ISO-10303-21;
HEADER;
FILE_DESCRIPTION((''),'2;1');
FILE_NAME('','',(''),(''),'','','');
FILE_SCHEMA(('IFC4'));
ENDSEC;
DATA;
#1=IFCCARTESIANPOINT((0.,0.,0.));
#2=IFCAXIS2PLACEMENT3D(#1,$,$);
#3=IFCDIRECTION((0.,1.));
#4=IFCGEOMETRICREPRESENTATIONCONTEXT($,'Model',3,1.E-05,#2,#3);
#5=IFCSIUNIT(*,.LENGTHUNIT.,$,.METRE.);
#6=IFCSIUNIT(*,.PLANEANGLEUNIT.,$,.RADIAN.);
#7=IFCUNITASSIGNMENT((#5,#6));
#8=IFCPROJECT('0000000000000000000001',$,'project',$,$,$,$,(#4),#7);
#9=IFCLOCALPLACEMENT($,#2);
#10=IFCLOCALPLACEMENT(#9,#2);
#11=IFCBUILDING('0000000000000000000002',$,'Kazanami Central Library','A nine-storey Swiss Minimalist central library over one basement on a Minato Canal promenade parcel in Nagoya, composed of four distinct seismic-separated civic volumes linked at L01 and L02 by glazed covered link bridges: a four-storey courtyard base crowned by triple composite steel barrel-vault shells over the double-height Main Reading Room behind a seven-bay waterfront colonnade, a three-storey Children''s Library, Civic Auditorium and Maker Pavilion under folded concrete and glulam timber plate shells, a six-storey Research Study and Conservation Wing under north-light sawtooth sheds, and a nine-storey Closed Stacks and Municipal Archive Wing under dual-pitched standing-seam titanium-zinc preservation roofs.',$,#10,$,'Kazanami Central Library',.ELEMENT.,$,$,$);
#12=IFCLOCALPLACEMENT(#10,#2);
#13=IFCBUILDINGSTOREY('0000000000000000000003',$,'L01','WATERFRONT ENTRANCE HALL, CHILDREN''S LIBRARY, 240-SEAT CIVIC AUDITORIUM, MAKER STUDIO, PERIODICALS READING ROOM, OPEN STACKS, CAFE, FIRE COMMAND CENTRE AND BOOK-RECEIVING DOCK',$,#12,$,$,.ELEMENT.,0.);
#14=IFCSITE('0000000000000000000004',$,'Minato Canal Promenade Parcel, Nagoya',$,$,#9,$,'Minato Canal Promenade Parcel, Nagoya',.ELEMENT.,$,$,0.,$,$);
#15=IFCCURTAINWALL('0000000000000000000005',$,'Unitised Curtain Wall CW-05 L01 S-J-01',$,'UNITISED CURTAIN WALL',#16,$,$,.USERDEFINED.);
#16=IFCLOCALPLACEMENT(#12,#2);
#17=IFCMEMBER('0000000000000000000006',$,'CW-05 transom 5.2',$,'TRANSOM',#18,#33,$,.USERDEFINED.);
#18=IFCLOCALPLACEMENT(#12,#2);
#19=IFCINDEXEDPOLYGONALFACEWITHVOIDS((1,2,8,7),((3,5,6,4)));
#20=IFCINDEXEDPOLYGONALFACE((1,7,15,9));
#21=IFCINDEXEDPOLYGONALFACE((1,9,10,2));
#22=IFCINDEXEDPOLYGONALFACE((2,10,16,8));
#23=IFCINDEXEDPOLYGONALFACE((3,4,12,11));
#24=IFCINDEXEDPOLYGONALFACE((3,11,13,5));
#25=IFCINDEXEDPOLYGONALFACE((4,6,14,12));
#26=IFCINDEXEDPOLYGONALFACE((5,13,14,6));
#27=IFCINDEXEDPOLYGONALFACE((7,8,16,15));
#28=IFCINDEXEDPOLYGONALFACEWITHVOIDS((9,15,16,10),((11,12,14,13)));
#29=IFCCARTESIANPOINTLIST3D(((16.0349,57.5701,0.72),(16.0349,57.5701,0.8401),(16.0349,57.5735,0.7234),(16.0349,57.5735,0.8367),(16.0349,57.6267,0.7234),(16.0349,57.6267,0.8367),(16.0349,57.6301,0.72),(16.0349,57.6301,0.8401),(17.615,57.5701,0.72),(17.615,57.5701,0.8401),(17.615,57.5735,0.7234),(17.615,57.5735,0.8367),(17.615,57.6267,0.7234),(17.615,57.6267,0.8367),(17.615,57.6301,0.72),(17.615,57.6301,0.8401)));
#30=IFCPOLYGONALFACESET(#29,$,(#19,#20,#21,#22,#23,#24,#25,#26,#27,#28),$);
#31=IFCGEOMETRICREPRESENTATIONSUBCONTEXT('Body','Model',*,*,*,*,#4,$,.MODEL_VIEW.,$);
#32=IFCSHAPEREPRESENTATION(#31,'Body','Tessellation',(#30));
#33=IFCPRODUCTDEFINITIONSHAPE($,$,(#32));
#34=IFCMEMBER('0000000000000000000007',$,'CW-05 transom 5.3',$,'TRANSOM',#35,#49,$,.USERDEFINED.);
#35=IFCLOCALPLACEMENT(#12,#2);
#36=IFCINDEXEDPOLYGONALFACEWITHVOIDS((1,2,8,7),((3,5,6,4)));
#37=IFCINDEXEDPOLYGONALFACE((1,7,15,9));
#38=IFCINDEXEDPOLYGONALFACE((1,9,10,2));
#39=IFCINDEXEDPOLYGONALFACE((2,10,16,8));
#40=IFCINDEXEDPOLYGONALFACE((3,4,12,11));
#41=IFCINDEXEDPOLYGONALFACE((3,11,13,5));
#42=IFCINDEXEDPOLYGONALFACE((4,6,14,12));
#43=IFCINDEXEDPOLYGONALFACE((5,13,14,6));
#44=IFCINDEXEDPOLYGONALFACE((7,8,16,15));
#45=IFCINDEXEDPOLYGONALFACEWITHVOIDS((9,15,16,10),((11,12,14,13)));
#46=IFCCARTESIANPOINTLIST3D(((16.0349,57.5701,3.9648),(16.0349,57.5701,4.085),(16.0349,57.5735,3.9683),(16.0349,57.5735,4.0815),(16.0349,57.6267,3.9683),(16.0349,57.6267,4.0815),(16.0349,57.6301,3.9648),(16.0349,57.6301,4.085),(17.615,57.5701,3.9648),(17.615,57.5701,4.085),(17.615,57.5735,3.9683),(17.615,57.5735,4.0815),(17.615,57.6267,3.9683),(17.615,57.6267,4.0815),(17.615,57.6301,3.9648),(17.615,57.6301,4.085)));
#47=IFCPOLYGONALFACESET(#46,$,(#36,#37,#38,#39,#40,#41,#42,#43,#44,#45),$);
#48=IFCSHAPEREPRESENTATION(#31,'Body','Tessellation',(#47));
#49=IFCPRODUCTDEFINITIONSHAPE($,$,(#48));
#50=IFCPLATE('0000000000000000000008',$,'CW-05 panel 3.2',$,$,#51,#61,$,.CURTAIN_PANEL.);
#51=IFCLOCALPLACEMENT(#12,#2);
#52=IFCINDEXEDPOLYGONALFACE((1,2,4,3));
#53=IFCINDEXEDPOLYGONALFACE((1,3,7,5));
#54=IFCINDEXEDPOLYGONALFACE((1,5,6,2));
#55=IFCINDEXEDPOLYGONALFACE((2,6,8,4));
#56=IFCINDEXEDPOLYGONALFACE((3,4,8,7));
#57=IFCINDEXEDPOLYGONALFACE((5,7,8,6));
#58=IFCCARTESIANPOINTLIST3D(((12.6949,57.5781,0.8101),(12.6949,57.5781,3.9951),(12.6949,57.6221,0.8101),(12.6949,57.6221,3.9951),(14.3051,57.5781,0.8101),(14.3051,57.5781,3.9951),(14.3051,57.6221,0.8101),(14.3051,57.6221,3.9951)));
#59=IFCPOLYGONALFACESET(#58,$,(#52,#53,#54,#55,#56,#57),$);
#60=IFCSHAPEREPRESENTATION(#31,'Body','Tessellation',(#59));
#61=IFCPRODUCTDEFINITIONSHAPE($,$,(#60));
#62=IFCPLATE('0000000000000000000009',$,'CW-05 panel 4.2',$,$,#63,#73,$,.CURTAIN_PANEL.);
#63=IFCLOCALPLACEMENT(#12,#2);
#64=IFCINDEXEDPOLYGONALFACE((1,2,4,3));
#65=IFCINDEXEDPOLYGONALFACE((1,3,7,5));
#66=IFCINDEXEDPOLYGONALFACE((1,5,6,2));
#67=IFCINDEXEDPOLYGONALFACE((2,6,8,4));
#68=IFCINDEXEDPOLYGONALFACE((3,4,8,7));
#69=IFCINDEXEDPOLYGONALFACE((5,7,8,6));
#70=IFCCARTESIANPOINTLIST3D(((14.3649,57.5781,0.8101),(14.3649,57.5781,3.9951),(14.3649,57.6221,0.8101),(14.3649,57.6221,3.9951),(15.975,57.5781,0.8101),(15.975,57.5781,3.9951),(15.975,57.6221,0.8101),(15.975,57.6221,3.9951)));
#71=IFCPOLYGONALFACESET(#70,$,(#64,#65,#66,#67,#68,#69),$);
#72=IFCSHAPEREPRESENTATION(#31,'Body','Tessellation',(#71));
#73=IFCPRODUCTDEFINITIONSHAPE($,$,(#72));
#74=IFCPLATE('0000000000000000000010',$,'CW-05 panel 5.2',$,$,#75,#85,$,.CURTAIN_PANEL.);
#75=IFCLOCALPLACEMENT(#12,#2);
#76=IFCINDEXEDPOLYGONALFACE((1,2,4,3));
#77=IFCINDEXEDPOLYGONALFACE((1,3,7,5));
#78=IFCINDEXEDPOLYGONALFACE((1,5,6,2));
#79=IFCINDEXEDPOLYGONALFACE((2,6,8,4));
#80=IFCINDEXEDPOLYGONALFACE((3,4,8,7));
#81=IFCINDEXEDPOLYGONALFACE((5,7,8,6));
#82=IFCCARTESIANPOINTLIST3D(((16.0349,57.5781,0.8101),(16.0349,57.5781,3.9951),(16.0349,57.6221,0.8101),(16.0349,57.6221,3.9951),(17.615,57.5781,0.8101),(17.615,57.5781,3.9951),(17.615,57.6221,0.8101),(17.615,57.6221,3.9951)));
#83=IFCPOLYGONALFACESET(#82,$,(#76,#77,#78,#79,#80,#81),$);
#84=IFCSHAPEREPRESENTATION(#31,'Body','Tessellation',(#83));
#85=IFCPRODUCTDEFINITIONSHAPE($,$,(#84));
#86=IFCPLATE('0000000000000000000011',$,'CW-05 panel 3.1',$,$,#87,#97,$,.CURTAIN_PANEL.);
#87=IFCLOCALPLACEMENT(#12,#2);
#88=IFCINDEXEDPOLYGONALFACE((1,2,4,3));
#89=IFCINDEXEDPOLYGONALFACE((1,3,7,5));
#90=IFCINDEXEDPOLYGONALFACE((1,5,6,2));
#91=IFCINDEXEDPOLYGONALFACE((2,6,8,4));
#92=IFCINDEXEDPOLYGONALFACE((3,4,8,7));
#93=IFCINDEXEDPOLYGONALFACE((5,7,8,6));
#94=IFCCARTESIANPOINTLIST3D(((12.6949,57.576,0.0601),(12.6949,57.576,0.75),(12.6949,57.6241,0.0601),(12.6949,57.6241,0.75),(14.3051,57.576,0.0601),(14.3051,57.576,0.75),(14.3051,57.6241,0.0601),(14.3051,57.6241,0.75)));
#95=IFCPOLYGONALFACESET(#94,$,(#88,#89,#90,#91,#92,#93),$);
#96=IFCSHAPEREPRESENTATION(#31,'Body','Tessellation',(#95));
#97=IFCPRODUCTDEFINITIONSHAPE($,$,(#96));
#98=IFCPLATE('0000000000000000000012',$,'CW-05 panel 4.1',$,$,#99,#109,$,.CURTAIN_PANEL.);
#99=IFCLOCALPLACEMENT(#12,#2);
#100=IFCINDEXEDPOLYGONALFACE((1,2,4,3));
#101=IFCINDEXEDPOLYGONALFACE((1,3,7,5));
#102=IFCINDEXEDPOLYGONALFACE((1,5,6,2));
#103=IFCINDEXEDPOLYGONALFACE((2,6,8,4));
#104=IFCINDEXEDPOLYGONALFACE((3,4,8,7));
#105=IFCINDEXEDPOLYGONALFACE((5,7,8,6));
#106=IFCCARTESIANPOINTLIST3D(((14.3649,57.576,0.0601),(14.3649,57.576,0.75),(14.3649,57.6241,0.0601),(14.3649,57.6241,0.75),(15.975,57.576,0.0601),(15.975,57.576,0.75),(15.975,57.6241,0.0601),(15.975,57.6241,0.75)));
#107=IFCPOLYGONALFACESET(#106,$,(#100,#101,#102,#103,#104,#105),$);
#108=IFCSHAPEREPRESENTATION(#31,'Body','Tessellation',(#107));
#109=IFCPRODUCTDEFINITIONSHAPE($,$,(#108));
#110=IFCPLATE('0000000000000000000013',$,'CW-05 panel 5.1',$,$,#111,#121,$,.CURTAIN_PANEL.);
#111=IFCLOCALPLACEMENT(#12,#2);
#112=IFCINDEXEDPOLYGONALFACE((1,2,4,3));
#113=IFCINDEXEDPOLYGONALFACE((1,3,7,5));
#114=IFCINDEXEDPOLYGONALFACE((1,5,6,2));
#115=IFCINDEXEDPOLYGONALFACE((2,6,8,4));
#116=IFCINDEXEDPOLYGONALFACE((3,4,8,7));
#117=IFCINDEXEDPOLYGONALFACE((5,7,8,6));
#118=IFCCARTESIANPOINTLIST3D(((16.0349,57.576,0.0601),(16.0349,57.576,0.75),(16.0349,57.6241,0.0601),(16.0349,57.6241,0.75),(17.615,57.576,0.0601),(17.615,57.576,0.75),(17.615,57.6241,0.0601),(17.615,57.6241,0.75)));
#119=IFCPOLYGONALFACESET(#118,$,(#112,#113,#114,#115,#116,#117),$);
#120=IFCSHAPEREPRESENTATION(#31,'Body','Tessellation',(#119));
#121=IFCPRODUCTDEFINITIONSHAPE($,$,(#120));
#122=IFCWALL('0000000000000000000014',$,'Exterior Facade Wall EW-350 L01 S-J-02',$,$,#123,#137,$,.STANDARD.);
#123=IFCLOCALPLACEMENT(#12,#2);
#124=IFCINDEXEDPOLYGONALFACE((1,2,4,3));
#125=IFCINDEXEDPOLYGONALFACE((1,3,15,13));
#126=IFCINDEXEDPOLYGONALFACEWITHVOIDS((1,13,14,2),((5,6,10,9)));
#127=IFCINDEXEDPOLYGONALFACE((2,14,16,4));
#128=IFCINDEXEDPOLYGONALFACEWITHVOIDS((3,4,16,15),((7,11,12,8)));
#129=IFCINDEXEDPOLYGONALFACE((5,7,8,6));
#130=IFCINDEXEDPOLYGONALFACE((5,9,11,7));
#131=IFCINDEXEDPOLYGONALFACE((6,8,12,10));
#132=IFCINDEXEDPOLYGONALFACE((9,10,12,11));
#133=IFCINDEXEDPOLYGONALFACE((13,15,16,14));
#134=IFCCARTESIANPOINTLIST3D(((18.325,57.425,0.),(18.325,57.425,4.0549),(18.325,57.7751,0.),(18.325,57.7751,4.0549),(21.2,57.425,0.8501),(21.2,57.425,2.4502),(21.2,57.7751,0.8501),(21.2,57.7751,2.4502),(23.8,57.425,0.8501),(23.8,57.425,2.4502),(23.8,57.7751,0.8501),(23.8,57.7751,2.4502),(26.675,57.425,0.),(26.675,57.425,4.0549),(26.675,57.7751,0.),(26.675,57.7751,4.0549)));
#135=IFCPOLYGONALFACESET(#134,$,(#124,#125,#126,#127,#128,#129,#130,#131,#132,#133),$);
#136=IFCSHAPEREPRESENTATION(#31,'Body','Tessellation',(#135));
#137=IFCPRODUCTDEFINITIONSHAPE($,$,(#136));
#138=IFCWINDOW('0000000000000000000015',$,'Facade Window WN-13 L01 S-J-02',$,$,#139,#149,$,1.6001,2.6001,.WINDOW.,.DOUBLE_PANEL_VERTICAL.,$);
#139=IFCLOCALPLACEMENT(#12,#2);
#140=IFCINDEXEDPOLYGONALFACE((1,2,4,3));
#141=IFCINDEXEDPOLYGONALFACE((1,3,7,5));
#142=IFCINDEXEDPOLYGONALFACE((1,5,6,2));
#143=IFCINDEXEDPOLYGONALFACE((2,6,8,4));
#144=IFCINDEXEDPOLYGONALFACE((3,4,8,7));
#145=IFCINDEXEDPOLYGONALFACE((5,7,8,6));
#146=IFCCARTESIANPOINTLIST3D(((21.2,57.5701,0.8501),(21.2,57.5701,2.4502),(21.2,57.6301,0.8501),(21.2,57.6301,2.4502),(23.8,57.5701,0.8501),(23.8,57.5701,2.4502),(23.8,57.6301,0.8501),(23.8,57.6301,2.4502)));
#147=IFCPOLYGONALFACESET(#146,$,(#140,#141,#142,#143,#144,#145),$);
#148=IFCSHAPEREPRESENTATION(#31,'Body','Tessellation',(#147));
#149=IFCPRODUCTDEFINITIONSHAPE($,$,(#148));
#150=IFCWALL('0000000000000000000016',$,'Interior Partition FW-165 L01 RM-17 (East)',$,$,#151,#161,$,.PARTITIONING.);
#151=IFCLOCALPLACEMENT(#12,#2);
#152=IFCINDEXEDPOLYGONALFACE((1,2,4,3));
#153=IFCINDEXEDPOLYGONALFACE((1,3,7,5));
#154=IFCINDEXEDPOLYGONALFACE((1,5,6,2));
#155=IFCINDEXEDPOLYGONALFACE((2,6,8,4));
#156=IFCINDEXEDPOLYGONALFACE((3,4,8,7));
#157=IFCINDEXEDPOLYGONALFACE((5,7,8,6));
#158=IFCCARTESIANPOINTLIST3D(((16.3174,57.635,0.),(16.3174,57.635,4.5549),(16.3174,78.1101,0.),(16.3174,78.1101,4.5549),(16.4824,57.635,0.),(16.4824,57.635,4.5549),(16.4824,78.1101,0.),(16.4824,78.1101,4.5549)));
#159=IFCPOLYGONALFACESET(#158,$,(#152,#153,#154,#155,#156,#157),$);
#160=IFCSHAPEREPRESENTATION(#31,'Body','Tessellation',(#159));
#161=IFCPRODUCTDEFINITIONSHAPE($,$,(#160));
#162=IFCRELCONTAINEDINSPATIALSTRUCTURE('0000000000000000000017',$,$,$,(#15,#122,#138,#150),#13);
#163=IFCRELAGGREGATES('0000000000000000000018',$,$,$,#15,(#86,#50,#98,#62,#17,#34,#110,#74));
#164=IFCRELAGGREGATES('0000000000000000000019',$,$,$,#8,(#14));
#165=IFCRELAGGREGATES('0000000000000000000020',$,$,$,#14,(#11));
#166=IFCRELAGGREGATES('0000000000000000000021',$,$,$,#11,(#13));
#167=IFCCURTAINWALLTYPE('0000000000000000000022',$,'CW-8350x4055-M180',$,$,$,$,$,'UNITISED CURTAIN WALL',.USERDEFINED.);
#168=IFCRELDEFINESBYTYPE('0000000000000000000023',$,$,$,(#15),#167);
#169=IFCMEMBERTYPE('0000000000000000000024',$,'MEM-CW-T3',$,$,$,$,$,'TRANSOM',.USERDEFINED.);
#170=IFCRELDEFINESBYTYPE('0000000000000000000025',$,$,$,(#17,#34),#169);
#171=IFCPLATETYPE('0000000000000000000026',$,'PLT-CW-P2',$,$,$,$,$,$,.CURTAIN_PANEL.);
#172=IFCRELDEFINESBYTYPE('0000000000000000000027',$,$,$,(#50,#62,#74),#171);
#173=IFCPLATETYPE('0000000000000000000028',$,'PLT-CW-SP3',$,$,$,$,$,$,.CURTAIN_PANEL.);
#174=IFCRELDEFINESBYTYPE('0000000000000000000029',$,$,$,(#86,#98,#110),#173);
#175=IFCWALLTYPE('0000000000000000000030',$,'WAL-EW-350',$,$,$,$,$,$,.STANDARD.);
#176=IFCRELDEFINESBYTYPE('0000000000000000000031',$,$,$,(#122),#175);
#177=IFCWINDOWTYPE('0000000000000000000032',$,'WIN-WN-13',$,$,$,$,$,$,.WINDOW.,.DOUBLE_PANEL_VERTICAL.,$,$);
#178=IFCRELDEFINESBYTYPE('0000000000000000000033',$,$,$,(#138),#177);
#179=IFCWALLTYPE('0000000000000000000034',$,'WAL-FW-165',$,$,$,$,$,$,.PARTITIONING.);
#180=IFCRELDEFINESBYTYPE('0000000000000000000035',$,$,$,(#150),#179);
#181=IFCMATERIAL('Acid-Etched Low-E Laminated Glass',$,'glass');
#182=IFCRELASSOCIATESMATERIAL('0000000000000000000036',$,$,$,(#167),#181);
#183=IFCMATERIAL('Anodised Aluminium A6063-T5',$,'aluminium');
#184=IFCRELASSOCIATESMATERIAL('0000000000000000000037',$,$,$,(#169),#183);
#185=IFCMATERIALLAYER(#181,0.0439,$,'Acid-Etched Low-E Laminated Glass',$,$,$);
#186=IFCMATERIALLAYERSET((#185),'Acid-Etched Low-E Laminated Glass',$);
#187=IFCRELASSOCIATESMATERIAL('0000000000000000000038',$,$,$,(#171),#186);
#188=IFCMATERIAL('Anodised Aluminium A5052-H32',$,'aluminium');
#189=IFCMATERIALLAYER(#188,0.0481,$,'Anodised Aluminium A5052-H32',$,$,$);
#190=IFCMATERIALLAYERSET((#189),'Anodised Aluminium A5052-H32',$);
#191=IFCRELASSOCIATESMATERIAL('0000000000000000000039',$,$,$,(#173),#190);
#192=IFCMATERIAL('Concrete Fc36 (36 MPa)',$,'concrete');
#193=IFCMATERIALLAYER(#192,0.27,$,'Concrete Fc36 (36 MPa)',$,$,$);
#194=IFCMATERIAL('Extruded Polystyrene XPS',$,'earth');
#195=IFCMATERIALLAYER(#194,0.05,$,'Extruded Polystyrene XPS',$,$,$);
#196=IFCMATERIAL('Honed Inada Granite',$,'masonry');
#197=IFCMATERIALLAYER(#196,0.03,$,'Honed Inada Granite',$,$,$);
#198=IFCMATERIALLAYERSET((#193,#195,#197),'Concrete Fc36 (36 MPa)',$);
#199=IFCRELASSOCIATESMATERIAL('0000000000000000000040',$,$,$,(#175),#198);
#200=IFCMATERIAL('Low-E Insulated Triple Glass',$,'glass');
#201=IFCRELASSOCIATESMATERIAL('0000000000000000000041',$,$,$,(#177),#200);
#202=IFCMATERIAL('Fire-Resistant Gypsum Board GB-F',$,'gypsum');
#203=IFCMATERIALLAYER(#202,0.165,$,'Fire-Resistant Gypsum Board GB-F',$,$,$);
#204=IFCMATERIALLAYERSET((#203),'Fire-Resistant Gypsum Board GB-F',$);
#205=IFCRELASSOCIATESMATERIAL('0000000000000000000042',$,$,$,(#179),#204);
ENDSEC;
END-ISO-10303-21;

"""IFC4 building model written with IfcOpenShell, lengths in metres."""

from ifc_helpers import new_model, si_unit, direction, frame, frame_2d, origin, origin_2d, place, context, subcontext, project, spatial, rectangle, hollow_rectangle, extrude, material, layer, layer_set, material_profile, profile_set, type_object, element, fill, aggregate, save


model = new_model("IFC4")

# Units and contexts
model_context = context("Model", 3, precision=1e-05, world=origin(), true_north=direction((0.0, 1.0)))
body_context = subcontext(model_context, "Body", "Model", "MODEL_VIEW")
ifc_project = project(units=[si_unit("LENGTHUNIT", "METRE"), si_unit("PLANEANGLEUNIT", "RADIAN")], contexts=[model_context])

# Site, building, storey
site_placement = place(None, origin())
site = spatial("IfcSite", under=ifc_project, at=site_placement, Name="Minato Canal Promenade Parcel, Nagoya", LongName="Minato Canal Promenade Parcel, Nagoya", CompositionType="ELEMENT", RefElevation=0.0)
building_placement = place(site_placement, origin())
building = spatial("IfcBuilding", under=site, at=building_placement, Name="Kazanami Central Library", Description="A nine-storey Swiss Minimalist central library over one basement on a Minato Canal promenade parcel in Nagoya, composed of four distinct seismic-separated civic volumes linked at L01 and L02 by glazed covered link bridges: a four-storey courtyard base crowned by triple composite steel barrel-vault shells over the double-height Main Reading Room behind a seven-bay waterfront colonnade, a three-storey Children's Library, Civic Auditorium and Maker Pavilion under folded concrete and glulam timber plate shells, a six-storey Research Study and Conservation Wing under north-light sawtooth sheds, and a nine-storey Closed Stacks and Municipal Archive Wing under dual-pitched standing-seam titanium-zinc preservation roofs.", LongName="Kazanami Central Library", CompositionType="ELEMENT")
storey_placement = place(building_placement, origin())
storey = spatial("IfcBuildingStorey", under=building, at=storey_placement, Name="L01", Description="WATERFRONT ENTRANCE HALL, CHILDREN'S LIBRARY, 240-SEAT CIVIC AUDITORIUM, MAKER STUDIO, PERIODICALS READING ROOM, OPEN STACKS, CAFE, FIRE COMMAND CENTRE AND BOOK-RECEIVING DOCK", CompositionType="ELEMENT", Elevation=0.0)

# Curtain wall, members, plates
ifc_material_1 = material(Name="Acid-Etched Low-E Laminated Glass", Category="glass")
curtain_wall_type = type_object("IfcCurtainWallType", Name="CW-8350x4055-M180", ElementType="UNITISED CURTAIN WALL", PredefinedType="USERDEFINED", material=ifc_material_1)
curtain_wall_placement = place(storey_placement, origin())
curtain_wall = element("IfcCurtainWall", 1, at=curtain_wall_placement, inside=storey, type_object=curtain_wall_type, Name="Unitised Curtain Wall CW-05 L01 S-J-01", ObjectType="UNITISED CURTAIN WALL", PredefinedType="USERDEFINED")
ifc_material_2 = material(Name="Anodised Aluminium A6063-T5", Category="aluminium")
ifc_material_profile_1 = material_profile(ifc_material_2, hollow_rectangle(XDim=0.0601, YDim=0.1201, WallThickness=0.0034, at=origin_2d()), Name="ALU-TRAN-60x120x3.5")
ifc_profile_set_1 = profile_set([ifc_material_profile_1], Name="Anodised Aluminium A6063-T5")
member_type_1 = type_object("IfcMemberType", Name="MEM-CW-T3", ElementType="TRANSOM", PredefinedType="USERDEFINED", material=ifc_profile_set_1)
member_1_placement = place(storey_placement, frame((16.0349, 57.6001, 0.78), z_axis=(1.0, 0.0, 0.0), x_axis=(0.0, 1.0, 0.0)))
member_1 = element("IfcMember", 2, at=member_1_placement, type_object=member_type_1, Name="CW-05 transom 5.2", ObjectType="TRANSOM", PredefinedType="USERDEFINED", context=body_context, shape_type="SweptSolid", body=[
    extrude(hollow_rectangle(XDim=0.0601, YDim=0.1201, WallThickness=0.0034, at=origin_2d()), origin(), (0.0, 0.0, 1.0), 1.5801),
])
member_2_placement = place(storey_placement, frame((16.0349, 57.6001, 4.0249), z_axis=(1.0, 0.0, 0.0), x_axis=(0.0, 1.0, 0.0)))
member_2 = element("IfcMember", 3, at=member_2_placement, type_object=member_type_1, Name="CW-05 transom 5.3", ObjectType="TRANSOM", PredefinedType="USERDEFINED", context=body_context, shape_type="SweptSolid", body=[
    extrude(hollow_rectangle(XDim=0.0601, YDim=0.1201, WallThickness=0.0034, at=origin_2d()), origin(), (0.0, 0.0, 1.0), 1.5801),
])
ifc_layer_1 = layer(ifc_material_1, 0.0439, Name="Acid-Etched Low-E Laminated Glass")
ifc_layer_set_1 = layer_set([ifc_layer_1], Name="Acid-Etched Low-E Laminated Glass")
plate_type_1 = type_object("IfcPlateType", Name="PLT-CW-P2", PredefinedType="CURTAIN_PANEL", material=ifc_layer_set_1)
plate_1_placement = place(storey_placement, frame((13.5, 57.6001, 0.8101), z_axis=(0.0, 0.0, 1.0), x_axis=(1.0, 0.0, 0.0)))
plate_1 = element("IfcPlate", 4, at=plate_1_placement, type_object=plate_type_1, Name="CW-05 panel 3.2", PredefinedType="CURTAIN_PANEL", context=body_context, shape_type="SweptSolid", body=[
    extrude(rectangle(XDim=1.6101, YDim=0.0439, at=origin_2d()), origin(), (0.0, 0.0, 1.0), 3.1851),
])
plate_2_placement = place(storey_placement, frame((15.1699, 57.6001, 0.8101), z_axis=(0.0, 0.0, 1.0), x_axis=(1.0, 0.0, 0.0)))
plate_2 = element("IfcPlate", 5, at=plate_2_placement, type_object=plate_type_1, Name="CW-05 panel 4.2", PredefinedType="CURTAIN_PANEL", context=body_context, shape_type="SweptSolid", body=[
    extrude(rectangle(XDim=1.6101, YDim=0.0439, at=origin_2d()), origin(), (0.0, 0.0, 1.0), 3.1851),
])
plate_3_placement = place(storey_placement, frame((16.825, 57.6001, 0.8101), z_axis=(0.0, 0.0, 1.0), x_axis=(1.0, 0.0, 0.0)))
plate_3 = element("IfcPlate", 6, at=plate_3_placement, type_object=plate_type_1, Name="CW-05 panel 5.2", PredefinedType="CURTAIN_PANEL", context=body_context, shape_type="SweptSolid", body=[
    extrude(rectangle(XDim=1.5801, YDim=0.0439, at=origin_2d()), origin(), (0.0, 0.0, 1.0), 3.1851),
])
ifc_material_3 = material(Name="Anodised Aluminium A5052-H32", Category="aluminium")
ifc_layer_2 = layer(ifc_material_3, 0.0481, Name="Anodised Aluminium A5052-H32")
ifc_layer_set_2 = layer_set([ifc_layer_2], Name="Anodised Aluminium A5052-H32")
plate_type_2 = type_object("IfcPlateType", Name="PLT-CW-SP3", PredefinedType="CURTAIN_PANEL", material=ifc_layer_set_2)
plate_4_placement = place(storey_placement, frame((13.5, 57.6001, 0.0601), z_axis=(0.0, 0.0, 1.0), x_axis=(1.0, 0.0, 0.0)))
plate_4 = element("IfcPlate", 7, at=plate_4_placement, type_object=plate_type_2, Name="CW-05 panel 3.1", PredefinedType="CURTAIN_PANEL", context=body_context, shape_type="SweptSolid", body=[
    extrude(rectangle(XDim=1.6101, YDim=0.0481, at=origin_2d()), origin(), (0.0, 0.0, 1.0), 0.6899),
])
plate_5_placement = place(storey_placement, frame((15.1699, 57.6001, 0.0601), z_axis=(0.0, 0.0, 1.0), x_axis=(1.0, 0.0, 0.0)))
plate_5 = element("IfcPlate", 8, at=plate_5_placement, type_object=plate_type_2, Name="CW-05 panel 4.1", PredefinedType="CURTAIN_PANEL", context=body_context, shape_type="SweptSolid", body=[
    extrude(rectangle(XDim=1.6101, YDim=0.0481, at=origin_2d()), origin(), (0.0, 0.0, 1.0), 0.6899),
])
plate_6_placement = place(storey_placement, frame((16.825, 57.6001, 0.0601), z_axis=(0.0, 0.0, 1.0), x_axis=(1.0, 0.0, 0.0)))
plate_6 = element("IfcPlate", 9, at=plate_6_placement, type_object=plate_type_2, Name="CW-05 panel 5.1", PredefinedType="CURTAIN_PANEL", context=body_context, shape_type="SweptSolid", body=[
    extrude(rectangle(XDim=1.5801, YDim=0.0481, at=origin_2d()), origin(), (0.0, 0.0, 1.0), 0.6899),
])
aggregate(curtain_wall, [plate_4, plate_1, plate_5, plate_2, member_1, member_2, plate_6, plate_3])

# Wall, opening, window
ifc_material_4 = material(Name="Concrete Fc36 (36 MPa)", Category="concrete")
ifc_layer_3 = layer(ifc_material_4, 0.27, Name="Concrete Fc36 (36 MPa)")
ifc_material_5 = material(Name="Extruded Polystyrene XPS", Category="earth")
ifc_layer_4 = layer(ifc_material_5, 0.05, Name="Extruded Polystyrene XPS")
ifc_material_6 = material(Name="Honed Inada Granite", Category="masonry")
ifc_layer_5 = layer(ifc_material_6, 0.03, Name="Honed Inada Granite")
ifc_layer_set_3 = layer_set([ifc_layer_3, ifc_layer_4, ifc_layer_5], Name="Concrete Fc36 (36 MPa)")
wall_type_1 = type_object("IfcWallType", Name="WAL-EW-350", PredefinedType="STANDARD", material=ifc_layer_set_3)
wall_1_placement = place(storey_placement, frame((18.325, 57.6001, 0.0), z_axis=(0.0, 0.0, 1.0), x_axis=(1.0, 0.0, 0.0)))
wall_1 = element("IfcWall", 10, at=wall_1_placement, inside=storey, type_object=wall_type_1, Name="Exterior Facade Wall EW-350 L01 S-J-02", PredefinedType="STANDARD", context=body_context, shape_type="SweptSolid", body=[
    extrude(rectangle(XDim=8.3501, YDim=0.3501, at=frame_2d((4.175, 0.0))), origin(), (0.0, 0.0, 1.0), 4.0549),
])
opening_1_placement = place(wall_1_placement, frame((2.875, 0.0, 0.8501)))
opening_1 = element("IfcOpeningElement", 11, at=opening_1_placement, cuts=wall_1, PredefinedType="OPENING", context=body_context, shape_type="SweptSolid", body=[
    extrude(rectangle(XDim=2.6001, YDim=1.6001, at=frame_2d((1.3, 0.8))), frame((0.0, 0.187, 0.0), z_axis=(0.0, -1.0, 0.0), x_axis=(1.0, 0.0, 0.0)), (0.0, 0.0, 1.0), 0.374),
])
ifc_material_7 = material(Name="Low-E Insulated Triple Glass", Category="glass")
window_type = type_object("IfcWindowType", Name="WIN-WN-13", PartitioningType="DOUBLE_PANEL_VERTICAL", PredefinedType="WINDOW", material=ifc_material_7)
window_placement = place(opening_1_placement, origin())
window = element("IfcWindow", 12, at=window_placement, inside=storey, type_object=window_type, Name="Facade Window WN-13 L01 S-J-02", OverallHeight=1.6001, OverallWidth=2.6001, PartitioningType="DOUBLE_PANEL_VERTICAL", PredefinedType="WINDOW", context=body_context, shape_type="SweptSolid", body=[
    extrude(rectangle(XDim=2.6001, YDim=1.6001, at=frame_2d((1.3, 0.8))), frame((0.0, 0.03, 0.0), z_axis=(0.0, -1.0, 0.0), x_axis=(1.0, 0.0, 0.0)), (0.0, 0.0, 1.0), 0.0601),
])
fill(opening_1, window)

# Wall
ifc_material_8 = material(Name="Fire-Resistant Gypsum Board GB-F", Category="gypsum")
ifc_layer_6 = layer(ifc_material_8, 0.165, Name="Fire-Resistant Gypsum Board GB-F")
ifc_layer_set_4 = layer_set([ifc_layer_6], Name="Fire-Resistant Gypsum Board GB-F")
wall_type_2 = type_object("IfcWallType", Name="WAL-FW-165", PredefinedType="PARTITIONING", material=ifc_layer_set_4)
wall_2_placement = place(storey_placement, frame((16.3999, 57.635, 0.0), z_axis=(0.0, 0.0, 1.0), x_axis=(0.0, 1.0, 0.0)))
element("IfcWall", 13, at=wall_2_placement, inside=storey, type_object=wall_type_2, Name="Interior Partition FW-165 L01 RM-17 (East)", PredefinedType="PARTITIONING", context=body_context, shape_type="SweptSolid", body=[
    extrude(rectangle(XDim=20.4751, YDim=0.165, at=frame_2d((10.2375, 0.0))), origin(), (0.0, 0.0, 1.0), 4.5549),
])

save(model, "model.ifc")
